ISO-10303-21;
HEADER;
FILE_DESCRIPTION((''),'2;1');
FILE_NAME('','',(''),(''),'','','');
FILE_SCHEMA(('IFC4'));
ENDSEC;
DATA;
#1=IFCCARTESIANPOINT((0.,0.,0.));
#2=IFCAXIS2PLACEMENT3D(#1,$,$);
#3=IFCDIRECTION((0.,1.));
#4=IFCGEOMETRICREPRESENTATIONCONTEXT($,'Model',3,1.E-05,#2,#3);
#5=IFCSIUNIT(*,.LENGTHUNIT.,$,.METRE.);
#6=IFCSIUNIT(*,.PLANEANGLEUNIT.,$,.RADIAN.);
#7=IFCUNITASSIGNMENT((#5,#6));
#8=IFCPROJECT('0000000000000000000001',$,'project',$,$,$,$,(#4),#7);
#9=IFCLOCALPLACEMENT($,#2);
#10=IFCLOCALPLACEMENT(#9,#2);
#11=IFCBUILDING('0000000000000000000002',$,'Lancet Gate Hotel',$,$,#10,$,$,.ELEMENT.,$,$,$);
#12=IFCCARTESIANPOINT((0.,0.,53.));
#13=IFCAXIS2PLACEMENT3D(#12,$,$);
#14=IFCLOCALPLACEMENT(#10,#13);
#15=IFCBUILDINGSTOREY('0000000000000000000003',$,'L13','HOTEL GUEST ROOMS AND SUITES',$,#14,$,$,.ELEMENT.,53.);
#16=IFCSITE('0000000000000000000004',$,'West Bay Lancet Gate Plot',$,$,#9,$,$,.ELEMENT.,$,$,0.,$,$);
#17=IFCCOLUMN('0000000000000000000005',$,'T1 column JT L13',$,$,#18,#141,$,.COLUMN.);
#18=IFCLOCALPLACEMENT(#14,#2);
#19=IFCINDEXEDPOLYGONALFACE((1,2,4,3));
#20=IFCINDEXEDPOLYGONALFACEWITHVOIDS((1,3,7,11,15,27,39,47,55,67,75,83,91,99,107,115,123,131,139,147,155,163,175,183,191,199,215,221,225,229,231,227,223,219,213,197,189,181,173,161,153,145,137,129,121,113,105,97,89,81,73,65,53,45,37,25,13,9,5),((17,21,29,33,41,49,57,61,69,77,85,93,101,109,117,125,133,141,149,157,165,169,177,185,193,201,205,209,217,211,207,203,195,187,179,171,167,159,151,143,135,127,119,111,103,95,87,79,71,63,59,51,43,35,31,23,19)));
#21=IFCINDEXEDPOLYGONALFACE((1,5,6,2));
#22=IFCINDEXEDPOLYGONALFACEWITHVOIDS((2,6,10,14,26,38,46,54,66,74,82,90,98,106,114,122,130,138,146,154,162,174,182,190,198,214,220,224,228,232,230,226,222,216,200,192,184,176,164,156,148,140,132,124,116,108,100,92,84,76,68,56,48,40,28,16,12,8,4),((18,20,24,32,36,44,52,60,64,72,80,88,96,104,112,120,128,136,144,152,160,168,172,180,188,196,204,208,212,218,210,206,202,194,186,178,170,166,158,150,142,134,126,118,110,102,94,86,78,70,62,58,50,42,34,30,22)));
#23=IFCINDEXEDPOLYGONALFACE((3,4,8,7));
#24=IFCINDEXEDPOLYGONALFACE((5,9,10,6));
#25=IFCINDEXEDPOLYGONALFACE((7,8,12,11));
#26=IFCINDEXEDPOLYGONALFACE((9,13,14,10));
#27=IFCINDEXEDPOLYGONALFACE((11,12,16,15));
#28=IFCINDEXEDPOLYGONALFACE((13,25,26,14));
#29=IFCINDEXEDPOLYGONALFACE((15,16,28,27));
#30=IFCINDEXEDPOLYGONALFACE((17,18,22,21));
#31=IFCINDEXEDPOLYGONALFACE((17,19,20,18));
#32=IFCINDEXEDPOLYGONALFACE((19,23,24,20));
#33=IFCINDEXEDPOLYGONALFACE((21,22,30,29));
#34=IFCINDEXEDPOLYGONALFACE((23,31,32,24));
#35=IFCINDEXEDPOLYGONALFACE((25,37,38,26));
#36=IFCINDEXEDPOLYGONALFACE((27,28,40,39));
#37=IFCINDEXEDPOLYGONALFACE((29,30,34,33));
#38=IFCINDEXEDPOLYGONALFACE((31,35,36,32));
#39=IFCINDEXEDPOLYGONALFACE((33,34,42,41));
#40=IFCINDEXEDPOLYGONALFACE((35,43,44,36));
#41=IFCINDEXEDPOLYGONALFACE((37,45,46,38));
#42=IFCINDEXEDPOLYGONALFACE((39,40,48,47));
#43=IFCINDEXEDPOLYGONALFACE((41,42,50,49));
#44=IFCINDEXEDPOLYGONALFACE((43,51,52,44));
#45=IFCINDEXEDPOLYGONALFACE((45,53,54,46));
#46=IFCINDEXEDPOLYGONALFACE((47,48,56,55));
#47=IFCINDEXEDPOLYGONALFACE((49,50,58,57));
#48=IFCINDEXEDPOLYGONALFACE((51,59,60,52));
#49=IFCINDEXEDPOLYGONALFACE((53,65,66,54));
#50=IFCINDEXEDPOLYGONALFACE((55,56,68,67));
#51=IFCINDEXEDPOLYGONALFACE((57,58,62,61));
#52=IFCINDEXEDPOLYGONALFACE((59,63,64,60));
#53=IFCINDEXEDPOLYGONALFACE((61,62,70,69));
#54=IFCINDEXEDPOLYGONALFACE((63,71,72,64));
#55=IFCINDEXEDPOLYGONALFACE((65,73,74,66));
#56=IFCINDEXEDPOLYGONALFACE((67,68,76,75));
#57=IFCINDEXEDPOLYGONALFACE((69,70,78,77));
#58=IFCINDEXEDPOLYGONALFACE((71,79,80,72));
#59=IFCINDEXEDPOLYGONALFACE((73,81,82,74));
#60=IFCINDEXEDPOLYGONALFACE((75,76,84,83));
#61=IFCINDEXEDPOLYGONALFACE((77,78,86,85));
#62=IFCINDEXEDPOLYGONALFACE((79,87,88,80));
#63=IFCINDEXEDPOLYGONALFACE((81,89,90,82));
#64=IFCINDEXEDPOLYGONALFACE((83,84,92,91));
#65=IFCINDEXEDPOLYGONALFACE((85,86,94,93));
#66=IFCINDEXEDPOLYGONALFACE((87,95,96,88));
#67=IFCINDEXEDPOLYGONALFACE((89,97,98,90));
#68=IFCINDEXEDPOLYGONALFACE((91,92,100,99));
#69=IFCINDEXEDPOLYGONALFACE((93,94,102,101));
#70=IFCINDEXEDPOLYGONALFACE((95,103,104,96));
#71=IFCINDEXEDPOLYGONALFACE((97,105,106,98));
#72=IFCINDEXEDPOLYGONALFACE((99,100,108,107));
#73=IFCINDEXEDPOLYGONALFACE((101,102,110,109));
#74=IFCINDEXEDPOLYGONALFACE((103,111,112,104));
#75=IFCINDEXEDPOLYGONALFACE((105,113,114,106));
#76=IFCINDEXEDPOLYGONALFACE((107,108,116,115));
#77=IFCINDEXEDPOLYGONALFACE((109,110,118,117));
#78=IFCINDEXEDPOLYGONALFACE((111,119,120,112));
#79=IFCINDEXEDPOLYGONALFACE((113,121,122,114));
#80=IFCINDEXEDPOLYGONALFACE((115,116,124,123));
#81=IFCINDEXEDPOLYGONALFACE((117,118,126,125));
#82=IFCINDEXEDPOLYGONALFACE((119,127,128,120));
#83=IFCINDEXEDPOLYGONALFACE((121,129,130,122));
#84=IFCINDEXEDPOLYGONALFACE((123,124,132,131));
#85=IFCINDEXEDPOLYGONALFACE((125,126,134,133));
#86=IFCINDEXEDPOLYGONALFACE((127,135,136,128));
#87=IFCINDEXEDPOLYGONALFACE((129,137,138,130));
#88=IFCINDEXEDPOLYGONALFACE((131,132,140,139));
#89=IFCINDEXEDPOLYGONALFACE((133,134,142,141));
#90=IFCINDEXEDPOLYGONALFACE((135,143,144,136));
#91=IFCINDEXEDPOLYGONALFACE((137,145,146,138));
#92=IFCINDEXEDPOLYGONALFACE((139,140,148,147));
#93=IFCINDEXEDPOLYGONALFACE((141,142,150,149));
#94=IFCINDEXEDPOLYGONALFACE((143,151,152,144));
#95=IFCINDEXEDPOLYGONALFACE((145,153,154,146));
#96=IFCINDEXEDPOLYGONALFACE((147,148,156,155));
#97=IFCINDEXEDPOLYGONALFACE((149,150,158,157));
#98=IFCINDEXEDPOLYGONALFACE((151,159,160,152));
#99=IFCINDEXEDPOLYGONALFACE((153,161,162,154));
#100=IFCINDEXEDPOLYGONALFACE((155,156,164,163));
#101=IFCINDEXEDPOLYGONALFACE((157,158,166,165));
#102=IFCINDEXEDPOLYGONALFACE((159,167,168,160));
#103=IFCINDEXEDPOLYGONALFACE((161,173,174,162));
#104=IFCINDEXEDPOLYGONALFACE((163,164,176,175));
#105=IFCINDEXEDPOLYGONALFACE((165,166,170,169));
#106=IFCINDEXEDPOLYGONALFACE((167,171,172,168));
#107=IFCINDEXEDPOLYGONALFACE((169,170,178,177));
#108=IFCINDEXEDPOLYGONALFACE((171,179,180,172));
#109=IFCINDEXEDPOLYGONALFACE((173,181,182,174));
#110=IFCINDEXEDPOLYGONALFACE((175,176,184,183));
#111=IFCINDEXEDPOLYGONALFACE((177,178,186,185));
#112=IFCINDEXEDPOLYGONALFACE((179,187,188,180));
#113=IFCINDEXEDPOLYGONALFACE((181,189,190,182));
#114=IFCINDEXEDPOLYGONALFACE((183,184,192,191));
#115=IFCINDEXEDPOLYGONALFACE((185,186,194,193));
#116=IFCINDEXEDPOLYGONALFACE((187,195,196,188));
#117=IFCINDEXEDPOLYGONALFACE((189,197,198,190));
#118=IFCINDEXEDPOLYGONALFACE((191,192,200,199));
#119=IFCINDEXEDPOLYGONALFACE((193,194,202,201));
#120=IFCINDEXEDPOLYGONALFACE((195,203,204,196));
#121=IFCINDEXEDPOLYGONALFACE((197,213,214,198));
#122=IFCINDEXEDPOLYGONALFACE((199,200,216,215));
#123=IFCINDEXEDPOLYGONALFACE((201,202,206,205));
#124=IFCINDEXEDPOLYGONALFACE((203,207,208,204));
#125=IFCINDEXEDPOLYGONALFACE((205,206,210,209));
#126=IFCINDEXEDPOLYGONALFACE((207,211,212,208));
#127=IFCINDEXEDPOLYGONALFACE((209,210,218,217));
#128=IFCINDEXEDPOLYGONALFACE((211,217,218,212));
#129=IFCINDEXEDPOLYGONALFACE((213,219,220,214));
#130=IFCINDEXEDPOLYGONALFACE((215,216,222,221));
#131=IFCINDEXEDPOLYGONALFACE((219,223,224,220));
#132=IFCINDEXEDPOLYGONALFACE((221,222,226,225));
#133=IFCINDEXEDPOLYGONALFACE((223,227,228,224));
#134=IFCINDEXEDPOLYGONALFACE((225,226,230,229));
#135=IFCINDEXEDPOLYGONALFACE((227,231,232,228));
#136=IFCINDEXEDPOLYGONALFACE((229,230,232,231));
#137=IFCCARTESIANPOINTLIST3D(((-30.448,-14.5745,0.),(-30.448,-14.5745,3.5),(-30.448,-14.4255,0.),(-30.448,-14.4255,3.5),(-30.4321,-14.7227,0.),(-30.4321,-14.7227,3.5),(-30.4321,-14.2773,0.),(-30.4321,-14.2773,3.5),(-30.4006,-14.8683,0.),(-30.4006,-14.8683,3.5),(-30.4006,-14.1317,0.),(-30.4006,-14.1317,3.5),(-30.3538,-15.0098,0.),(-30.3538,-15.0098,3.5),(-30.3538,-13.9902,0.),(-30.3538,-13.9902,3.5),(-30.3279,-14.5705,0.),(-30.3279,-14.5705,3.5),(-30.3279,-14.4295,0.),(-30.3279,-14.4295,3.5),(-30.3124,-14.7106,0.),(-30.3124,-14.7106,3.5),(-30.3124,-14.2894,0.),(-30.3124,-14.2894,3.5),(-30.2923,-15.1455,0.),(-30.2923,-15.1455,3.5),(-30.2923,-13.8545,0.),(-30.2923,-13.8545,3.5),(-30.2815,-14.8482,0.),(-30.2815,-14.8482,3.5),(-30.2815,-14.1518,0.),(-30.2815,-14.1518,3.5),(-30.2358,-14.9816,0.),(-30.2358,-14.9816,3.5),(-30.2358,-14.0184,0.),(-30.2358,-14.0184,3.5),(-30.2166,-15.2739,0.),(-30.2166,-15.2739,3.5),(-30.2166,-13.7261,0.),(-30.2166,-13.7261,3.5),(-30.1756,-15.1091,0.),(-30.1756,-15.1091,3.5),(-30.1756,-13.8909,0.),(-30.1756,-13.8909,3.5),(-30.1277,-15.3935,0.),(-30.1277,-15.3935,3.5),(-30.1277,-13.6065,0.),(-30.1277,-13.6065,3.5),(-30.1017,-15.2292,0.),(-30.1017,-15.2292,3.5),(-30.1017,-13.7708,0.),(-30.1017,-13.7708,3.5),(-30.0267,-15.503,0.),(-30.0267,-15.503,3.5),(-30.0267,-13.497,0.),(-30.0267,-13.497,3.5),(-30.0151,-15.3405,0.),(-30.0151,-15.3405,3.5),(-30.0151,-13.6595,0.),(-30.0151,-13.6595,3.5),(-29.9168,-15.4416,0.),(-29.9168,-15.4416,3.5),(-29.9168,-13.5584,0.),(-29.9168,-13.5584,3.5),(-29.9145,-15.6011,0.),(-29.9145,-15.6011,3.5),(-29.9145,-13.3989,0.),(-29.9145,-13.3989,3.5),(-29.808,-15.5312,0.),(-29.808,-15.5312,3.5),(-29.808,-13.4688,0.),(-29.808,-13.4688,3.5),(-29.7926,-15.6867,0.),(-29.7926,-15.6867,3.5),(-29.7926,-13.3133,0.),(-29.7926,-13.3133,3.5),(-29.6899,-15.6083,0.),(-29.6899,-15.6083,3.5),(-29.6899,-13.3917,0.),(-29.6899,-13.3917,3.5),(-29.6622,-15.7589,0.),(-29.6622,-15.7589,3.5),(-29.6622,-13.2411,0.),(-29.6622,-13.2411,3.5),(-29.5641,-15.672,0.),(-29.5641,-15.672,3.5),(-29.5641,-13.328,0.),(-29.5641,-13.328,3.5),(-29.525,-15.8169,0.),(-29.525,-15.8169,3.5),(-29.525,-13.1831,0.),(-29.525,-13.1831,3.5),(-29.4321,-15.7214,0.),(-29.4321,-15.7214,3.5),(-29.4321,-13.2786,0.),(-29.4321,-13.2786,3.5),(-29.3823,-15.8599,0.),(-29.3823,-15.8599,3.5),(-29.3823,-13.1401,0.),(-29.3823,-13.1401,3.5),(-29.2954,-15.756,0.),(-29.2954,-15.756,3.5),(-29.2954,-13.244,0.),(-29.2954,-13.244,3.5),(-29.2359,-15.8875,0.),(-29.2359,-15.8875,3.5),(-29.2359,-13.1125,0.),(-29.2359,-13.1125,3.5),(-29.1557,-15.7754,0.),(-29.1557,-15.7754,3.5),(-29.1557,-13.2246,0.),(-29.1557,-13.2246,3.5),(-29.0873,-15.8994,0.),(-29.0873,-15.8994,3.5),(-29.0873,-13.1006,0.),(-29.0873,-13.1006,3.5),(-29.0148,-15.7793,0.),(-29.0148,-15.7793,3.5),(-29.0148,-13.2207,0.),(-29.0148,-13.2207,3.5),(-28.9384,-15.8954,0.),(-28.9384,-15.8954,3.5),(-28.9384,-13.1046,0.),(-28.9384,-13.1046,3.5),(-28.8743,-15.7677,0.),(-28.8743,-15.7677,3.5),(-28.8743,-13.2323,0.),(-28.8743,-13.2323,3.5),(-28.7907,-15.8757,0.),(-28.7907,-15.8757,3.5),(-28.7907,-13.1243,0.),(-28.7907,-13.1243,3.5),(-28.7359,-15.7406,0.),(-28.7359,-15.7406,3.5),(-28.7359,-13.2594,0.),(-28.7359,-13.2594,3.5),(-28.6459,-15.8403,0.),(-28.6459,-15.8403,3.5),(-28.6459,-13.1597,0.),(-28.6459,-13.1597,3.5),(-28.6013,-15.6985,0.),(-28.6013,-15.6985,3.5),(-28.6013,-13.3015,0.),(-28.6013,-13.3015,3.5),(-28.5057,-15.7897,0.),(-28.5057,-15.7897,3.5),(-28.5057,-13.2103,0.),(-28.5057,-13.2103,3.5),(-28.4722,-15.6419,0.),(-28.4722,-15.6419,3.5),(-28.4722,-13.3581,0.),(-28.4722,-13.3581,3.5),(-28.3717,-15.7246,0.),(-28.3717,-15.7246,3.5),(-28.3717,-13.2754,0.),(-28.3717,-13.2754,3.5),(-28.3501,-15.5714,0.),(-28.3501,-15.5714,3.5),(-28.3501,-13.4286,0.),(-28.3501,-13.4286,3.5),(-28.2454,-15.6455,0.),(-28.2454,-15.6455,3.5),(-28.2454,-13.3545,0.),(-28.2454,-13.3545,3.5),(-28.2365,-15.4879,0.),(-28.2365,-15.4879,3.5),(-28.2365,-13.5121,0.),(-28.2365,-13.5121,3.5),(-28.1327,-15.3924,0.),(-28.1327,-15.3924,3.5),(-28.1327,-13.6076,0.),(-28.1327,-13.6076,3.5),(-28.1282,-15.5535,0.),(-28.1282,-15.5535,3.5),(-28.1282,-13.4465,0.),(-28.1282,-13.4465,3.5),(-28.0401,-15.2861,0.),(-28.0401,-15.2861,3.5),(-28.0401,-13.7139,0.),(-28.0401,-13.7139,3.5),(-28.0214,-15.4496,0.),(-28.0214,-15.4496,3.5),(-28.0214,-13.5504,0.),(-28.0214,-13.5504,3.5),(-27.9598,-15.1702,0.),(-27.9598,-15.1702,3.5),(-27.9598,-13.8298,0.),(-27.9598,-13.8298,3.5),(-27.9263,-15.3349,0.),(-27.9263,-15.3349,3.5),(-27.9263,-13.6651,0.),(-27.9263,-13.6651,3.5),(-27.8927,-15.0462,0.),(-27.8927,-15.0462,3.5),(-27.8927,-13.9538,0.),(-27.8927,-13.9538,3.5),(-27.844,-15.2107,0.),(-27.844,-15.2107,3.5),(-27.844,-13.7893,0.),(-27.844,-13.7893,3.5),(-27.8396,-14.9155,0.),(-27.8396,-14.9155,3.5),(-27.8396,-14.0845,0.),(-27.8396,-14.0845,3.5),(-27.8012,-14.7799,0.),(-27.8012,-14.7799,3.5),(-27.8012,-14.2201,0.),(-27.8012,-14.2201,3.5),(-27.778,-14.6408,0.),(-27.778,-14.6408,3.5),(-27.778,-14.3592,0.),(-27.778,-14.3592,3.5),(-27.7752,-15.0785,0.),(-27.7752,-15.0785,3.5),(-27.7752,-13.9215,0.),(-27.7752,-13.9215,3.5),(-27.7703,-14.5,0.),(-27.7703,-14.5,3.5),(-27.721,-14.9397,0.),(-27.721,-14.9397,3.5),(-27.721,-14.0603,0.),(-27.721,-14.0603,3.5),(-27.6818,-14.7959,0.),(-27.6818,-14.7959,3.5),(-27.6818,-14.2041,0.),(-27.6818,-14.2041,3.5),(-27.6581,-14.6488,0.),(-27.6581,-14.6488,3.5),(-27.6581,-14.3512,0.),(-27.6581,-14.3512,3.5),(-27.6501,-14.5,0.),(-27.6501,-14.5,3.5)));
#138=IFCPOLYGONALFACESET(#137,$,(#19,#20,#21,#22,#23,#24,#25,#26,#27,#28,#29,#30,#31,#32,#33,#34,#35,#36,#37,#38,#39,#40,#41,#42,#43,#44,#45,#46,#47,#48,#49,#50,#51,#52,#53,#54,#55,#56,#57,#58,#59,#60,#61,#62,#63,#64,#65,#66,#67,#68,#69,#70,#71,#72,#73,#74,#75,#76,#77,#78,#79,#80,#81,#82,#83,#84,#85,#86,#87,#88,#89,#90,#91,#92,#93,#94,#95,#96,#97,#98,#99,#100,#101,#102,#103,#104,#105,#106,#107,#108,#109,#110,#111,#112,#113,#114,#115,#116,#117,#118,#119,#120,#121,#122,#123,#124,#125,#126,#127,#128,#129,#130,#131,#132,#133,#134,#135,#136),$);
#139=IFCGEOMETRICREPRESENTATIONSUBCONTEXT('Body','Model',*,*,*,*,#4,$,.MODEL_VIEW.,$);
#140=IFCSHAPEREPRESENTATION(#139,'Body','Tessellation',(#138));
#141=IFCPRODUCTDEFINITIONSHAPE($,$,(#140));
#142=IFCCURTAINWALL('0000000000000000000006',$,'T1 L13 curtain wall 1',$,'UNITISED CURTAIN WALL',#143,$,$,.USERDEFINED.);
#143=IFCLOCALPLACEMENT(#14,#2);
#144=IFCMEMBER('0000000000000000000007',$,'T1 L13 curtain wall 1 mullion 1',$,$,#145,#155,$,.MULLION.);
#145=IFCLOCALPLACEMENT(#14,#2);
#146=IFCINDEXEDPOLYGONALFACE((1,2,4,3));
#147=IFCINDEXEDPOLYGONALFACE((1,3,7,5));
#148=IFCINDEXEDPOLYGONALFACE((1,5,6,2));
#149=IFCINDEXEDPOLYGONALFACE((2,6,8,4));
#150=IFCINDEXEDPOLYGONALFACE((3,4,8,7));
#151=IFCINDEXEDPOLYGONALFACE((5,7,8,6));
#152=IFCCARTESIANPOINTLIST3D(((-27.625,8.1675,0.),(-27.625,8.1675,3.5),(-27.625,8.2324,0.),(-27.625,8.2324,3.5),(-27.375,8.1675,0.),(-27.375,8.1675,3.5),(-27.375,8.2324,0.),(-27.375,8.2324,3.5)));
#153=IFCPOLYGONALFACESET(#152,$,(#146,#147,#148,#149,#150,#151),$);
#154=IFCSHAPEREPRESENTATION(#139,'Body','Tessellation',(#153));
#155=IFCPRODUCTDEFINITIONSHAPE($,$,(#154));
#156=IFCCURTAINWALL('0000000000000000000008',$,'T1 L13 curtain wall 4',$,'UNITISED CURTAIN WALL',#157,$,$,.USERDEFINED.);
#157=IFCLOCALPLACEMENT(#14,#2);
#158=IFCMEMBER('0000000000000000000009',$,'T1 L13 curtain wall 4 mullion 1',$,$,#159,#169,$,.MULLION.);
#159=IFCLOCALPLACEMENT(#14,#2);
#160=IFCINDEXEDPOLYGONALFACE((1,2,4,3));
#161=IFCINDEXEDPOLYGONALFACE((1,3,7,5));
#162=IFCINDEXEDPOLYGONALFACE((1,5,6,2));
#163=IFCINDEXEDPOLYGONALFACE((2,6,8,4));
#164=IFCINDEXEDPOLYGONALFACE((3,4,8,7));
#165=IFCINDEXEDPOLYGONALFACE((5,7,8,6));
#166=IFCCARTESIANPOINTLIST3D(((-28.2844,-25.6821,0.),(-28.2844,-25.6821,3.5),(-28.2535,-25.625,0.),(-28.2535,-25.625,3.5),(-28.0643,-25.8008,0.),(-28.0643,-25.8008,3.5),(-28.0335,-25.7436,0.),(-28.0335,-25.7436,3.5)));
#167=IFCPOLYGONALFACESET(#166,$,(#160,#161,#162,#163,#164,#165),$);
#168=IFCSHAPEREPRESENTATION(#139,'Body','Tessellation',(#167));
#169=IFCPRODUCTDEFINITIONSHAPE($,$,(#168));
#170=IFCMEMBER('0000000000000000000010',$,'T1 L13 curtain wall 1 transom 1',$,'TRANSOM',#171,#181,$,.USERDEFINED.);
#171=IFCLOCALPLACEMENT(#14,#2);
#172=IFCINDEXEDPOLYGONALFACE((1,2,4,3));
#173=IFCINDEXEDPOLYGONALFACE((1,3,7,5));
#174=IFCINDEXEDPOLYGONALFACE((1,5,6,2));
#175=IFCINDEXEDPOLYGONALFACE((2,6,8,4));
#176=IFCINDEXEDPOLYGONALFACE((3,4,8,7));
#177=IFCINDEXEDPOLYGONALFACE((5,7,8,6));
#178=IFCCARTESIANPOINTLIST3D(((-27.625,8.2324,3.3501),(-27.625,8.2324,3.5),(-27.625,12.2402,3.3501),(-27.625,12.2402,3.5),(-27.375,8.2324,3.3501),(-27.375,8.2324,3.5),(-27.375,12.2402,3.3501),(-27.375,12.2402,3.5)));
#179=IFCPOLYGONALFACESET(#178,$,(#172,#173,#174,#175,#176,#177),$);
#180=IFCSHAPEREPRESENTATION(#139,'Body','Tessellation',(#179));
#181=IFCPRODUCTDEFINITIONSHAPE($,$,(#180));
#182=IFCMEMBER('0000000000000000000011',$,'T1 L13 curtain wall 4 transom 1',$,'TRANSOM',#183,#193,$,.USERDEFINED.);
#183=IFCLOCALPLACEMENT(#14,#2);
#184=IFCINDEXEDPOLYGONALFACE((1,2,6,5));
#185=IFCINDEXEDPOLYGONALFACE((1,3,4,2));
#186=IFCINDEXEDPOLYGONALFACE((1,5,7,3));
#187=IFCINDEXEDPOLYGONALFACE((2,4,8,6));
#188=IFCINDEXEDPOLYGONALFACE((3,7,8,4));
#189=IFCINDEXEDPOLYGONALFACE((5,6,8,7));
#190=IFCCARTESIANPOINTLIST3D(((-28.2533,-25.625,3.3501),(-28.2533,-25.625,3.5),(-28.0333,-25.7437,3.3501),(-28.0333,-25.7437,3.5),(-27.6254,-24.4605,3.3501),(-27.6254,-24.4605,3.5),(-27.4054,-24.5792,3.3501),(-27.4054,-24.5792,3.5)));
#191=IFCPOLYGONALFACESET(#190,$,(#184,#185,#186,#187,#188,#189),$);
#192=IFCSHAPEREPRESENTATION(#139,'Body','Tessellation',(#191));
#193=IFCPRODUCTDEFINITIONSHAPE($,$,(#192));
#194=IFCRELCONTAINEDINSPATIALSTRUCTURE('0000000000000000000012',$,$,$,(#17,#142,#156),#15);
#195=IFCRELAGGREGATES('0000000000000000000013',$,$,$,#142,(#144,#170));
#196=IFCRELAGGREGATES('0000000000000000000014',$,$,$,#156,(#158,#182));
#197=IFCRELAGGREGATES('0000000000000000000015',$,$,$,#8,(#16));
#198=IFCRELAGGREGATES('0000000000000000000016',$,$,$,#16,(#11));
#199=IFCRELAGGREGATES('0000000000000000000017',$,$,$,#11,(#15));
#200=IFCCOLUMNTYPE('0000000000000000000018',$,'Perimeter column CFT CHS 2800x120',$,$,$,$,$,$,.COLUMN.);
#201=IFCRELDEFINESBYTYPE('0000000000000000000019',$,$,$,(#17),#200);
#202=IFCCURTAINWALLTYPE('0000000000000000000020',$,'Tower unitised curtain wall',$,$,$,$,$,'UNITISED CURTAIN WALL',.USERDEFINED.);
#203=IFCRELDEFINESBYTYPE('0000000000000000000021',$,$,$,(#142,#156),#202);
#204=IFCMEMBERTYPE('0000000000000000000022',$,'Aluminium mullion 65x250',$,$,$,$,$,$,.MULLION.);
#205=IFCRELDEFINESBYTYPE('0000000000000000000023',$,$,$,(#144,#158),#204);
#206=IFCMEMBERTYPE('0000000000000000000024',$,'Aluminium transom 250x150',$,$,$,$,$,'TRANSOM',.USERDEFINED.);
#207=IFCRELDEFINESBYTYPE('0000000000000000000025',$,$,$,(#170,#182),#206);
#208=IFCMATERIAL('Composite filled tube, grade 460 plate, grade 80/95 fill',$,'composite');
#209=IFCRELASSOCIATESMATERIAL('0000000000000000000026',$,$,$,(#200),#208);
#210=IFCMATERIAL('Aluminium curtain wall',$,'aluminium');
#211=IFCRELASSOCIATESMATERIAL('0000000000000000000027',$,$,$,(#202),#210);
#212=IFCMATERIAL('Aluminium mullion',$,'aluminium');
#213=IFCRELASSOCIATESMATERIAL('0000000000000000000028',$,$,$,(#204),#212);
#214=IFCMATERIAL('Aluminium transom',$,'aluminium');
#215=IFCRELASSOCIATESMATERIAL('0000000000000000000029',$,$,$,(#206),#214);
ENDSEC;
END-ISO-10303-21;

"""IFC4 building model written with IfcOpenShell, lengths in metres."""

from ifc_helpers import new_model, si_unit, direction, frame, origin, origin_2d, place, context, subcontext, project, spatial, rectangle, hollow_circle, extrude, material, material_profile, profile_set, type_object, element, aggregate, save


model = new_model("IFC4")

# Units and contexts
model_context = context("Model", 3, precision=1e-05, world=origin(), true_north=direction((0.0, 1.0)))
body_context = subcontext(model_context, "Body", "Model", "MODEL_VIEW")
ifc_project = project(units=[si_unit("LENGTHUNIT", "METRE"), si_unit("PLANEANGLEUNIT", "RADIAN")], contexts=[model_context])

# Site, building, storey
site_placement = place(None, origin())
site = spatial("IfcSite", under=ifc_project, at=site_placement, Name="West Bay Lancet Gate Plot", CompositionType="ELEMENT", RefElevation=0.0)
building_placement = place(site_placement, origin())
building = spatial("IfcBuilding", under=site, at=building_placement, Name="Lancet Gate Hotel", CompositionType="ELEMENT")
storey_placement = place(building_placement, frame((0.0, 0.0, 53.0)))
storey = spatial("IfcBuildingStorey", under=building, at=storey_placement, Name="L13", Description="HOTEL GUEST ROOMS AND SUITES", CompositionType="ELEMENT", Elevation=53.0)

# Column
ifc_material_1 = material(Name="Composite filled tube, grade 460 plate, grade 80/95 fill", Category="composite")
ifc_material_profile_1 = material_profile(ifc_material_1, hollow_circle(Radius=1.3999, WallThickness=0.1201, at=origin_2d()), Name="CHS 2800x120")
ifc_profile_set_1 = profile_set([ifc_material_profile_1], Name="Composite filled tube, grade 460 plate, grade 80/95 fill")
column_type = type_object("IfcColumnType", Name="Perimeter column CFT CHS 2800x120", PredefinedType="COLUMN", material=ifc_profile_set_1)
column_placement = place(storey_placement, frame((-29.05, -14.5, 0.0), z_axis=(0.0, 0.0, 1.0), x_axis=(1.0, 0.0, 0.0)))
element("IfcColumn", 1, at=column_placement, inside=storey, type_object=column_type, Name="T1 column JT L13", PredefinedType="COLUMN", context=body_context, shape_type="SweptSolid", body=[
    extrude(hollow_circle(Radius=1.3999, WallThickness=0.1201, at=origin_2d()), origin(), (0.0, 0.0, 1.0), 3.5),
])

# Curtain walls, members
ifc_material_2 = material(Name="Aluminium curtain wall", Category="aluminium")
curtain_wall_type = type_object("IfcCurtainWallType", Name="Tower unitised curtain wall", ElementType="UNITISED CURTAIN WALL", PredefinedType="USERDEFINED", material=ifc_material_2)
curtain_wall_1_placement = place(storey_placement, origin())
curtain_wall_1 = element("IfcCurtainWall", 2, at=curtain_wall_1_placement, inside=storey, type_object=curtain_wall_type, Name="T1 L13 curtain wall 1", ObjectType="UNITISED CURTAIN WALL", PredefinedType="USERDEFINED")
ifc_material_3 = material(Name="Aluminium mullion", Category="aluminium")
ifc_material_profile_2 = material_profile(ifc_material_3, rectangle(XDim=0.0649, YDim=0.25, at=origin_2d()), Name="MULLION 65x250")
ifc_profile_set_2 = profile_set([ifc_material_profile_2], Name="Aluminium mullion")
member_type_1 = type_object("IfcMemberType", Name="Aluminium mullion 65x250", PredefinedType="MULLION", material=ifc_profile_set_2)
member_1_placement = place(storey_placement, frame((-27.5, 8.2, 0.0), z_axis=(0.0, 0.0, 1.0), x_axis=(0.0, 1.0, 0.0)))
member_1 = element("IfcMember", 3, at=member_1_placement, type_object=member_type_1, Name="T1 L13 curtain wall 1 mullion 1", PredefinedType="MULLION", context=body_context, shape_type="SweptSolid", body=[
    extrude(rectangle(XDim=0.0649, YDim=0.25, at=origin_2d()), origin(), (0.0, 0.0, 1.0), 3.5),
])
curtain_wall_2_placement = place(storey_placement, origin())
curtain_wall_2 = element("IfcCurtainWall", 4, at=curtain_wall_2_placement, inside=storey, type_object=curtain_wall_type, Name="T1 L13 curtain wall 4", ObjectType="UNITISED CURTAIN WALL", PredefinedType="USERDEFINED")
member_2_placement = place(storey_placement, frame((-28.1589, -25.7129, 0.0), z_axis=(0.0, 0.0, 1.0), x_axis=(0.474631, 0.880185, 0.0)))
member_2 = element("IfcMember", 5, at=member_2_placement, type_object=member_type_1, Name="T1 L13 curtain wall 4 mullion 1", PredefinedType="MULLION", context=body_context, shape_type="SweptSolid", body=[
    extrude(rectangle(XDim=0.0649, YDim=0.25, at=origin_2d()), origin(), (0.0, 0.0, 1.0), 3.5),
])

# Members
ifc_material_4 = material(Name="Aluminium transom", Category="aluminium")
ifc_material_profile_3 = material_profile(ifc_material_4, rectangle(XDim=0.25, YDim=0.1499, at=origin_2d()), Name="TRANSOM 250x150")
ifc_profile_set_3 = profile_set([ifc_material_profile_3], Name="Aluminium transom")
member_type_2 = type_object("IfcMemberType", Name="Aluminium transom 250x150", ElementType="TRANSOM", PredefinedType="USERDEFINED", material=ifc_profile_set_3)
member_3_placement = place(storey_placement, frame((-27.5, 8.2324, 3.425), z_axis=(0.0, 1.0, 0.0), x_axis=(-1.0, 0.0, 0.0)))
member_3 = element("IfcMember", 6, at=member_3_placement, type_object=member_type_2, Name="T1 L13 curtain wall 1 transom 1", ObjectType="TRANSOM", PredefinedType="USERDEFINED", context=body_context, shape_type="SweptSolid", body=[
    extrude(rectangle(XDim=0.25, YDim=0.1499, at=origin_2d()), origin(), (0.0, 0.0, 1.0), 4.0078),
])
aggregate(curtain_wall_1, [member_1, member_3])
member_4_placement = place(storey_placement, frame((-28.1433, -25.6843, 3.425), z_axis=(0.474606, 0.880198, 0.0), x_axis=(-0.880198, 0.474606, 0.0)))
member_4 = element("IfcMember", 7, at=member_4_placement, type_object=member_type_2, Name="T1 L13 curtain wall 4 transom 1", ObjectType="TRANSOM", PredefinedType="USERDEFINED", context=body_context, shape_type="SweptSolid", body=[
    extrude(rectangle(XDim=0.25, YDim=0.1499, at=origin_2d()), origin(), (0.0, 0.0, 1.0), 1.323),
])

aggregate(curtain_wall_2, [member_2, member_4])

save(model, "model.ifc")
